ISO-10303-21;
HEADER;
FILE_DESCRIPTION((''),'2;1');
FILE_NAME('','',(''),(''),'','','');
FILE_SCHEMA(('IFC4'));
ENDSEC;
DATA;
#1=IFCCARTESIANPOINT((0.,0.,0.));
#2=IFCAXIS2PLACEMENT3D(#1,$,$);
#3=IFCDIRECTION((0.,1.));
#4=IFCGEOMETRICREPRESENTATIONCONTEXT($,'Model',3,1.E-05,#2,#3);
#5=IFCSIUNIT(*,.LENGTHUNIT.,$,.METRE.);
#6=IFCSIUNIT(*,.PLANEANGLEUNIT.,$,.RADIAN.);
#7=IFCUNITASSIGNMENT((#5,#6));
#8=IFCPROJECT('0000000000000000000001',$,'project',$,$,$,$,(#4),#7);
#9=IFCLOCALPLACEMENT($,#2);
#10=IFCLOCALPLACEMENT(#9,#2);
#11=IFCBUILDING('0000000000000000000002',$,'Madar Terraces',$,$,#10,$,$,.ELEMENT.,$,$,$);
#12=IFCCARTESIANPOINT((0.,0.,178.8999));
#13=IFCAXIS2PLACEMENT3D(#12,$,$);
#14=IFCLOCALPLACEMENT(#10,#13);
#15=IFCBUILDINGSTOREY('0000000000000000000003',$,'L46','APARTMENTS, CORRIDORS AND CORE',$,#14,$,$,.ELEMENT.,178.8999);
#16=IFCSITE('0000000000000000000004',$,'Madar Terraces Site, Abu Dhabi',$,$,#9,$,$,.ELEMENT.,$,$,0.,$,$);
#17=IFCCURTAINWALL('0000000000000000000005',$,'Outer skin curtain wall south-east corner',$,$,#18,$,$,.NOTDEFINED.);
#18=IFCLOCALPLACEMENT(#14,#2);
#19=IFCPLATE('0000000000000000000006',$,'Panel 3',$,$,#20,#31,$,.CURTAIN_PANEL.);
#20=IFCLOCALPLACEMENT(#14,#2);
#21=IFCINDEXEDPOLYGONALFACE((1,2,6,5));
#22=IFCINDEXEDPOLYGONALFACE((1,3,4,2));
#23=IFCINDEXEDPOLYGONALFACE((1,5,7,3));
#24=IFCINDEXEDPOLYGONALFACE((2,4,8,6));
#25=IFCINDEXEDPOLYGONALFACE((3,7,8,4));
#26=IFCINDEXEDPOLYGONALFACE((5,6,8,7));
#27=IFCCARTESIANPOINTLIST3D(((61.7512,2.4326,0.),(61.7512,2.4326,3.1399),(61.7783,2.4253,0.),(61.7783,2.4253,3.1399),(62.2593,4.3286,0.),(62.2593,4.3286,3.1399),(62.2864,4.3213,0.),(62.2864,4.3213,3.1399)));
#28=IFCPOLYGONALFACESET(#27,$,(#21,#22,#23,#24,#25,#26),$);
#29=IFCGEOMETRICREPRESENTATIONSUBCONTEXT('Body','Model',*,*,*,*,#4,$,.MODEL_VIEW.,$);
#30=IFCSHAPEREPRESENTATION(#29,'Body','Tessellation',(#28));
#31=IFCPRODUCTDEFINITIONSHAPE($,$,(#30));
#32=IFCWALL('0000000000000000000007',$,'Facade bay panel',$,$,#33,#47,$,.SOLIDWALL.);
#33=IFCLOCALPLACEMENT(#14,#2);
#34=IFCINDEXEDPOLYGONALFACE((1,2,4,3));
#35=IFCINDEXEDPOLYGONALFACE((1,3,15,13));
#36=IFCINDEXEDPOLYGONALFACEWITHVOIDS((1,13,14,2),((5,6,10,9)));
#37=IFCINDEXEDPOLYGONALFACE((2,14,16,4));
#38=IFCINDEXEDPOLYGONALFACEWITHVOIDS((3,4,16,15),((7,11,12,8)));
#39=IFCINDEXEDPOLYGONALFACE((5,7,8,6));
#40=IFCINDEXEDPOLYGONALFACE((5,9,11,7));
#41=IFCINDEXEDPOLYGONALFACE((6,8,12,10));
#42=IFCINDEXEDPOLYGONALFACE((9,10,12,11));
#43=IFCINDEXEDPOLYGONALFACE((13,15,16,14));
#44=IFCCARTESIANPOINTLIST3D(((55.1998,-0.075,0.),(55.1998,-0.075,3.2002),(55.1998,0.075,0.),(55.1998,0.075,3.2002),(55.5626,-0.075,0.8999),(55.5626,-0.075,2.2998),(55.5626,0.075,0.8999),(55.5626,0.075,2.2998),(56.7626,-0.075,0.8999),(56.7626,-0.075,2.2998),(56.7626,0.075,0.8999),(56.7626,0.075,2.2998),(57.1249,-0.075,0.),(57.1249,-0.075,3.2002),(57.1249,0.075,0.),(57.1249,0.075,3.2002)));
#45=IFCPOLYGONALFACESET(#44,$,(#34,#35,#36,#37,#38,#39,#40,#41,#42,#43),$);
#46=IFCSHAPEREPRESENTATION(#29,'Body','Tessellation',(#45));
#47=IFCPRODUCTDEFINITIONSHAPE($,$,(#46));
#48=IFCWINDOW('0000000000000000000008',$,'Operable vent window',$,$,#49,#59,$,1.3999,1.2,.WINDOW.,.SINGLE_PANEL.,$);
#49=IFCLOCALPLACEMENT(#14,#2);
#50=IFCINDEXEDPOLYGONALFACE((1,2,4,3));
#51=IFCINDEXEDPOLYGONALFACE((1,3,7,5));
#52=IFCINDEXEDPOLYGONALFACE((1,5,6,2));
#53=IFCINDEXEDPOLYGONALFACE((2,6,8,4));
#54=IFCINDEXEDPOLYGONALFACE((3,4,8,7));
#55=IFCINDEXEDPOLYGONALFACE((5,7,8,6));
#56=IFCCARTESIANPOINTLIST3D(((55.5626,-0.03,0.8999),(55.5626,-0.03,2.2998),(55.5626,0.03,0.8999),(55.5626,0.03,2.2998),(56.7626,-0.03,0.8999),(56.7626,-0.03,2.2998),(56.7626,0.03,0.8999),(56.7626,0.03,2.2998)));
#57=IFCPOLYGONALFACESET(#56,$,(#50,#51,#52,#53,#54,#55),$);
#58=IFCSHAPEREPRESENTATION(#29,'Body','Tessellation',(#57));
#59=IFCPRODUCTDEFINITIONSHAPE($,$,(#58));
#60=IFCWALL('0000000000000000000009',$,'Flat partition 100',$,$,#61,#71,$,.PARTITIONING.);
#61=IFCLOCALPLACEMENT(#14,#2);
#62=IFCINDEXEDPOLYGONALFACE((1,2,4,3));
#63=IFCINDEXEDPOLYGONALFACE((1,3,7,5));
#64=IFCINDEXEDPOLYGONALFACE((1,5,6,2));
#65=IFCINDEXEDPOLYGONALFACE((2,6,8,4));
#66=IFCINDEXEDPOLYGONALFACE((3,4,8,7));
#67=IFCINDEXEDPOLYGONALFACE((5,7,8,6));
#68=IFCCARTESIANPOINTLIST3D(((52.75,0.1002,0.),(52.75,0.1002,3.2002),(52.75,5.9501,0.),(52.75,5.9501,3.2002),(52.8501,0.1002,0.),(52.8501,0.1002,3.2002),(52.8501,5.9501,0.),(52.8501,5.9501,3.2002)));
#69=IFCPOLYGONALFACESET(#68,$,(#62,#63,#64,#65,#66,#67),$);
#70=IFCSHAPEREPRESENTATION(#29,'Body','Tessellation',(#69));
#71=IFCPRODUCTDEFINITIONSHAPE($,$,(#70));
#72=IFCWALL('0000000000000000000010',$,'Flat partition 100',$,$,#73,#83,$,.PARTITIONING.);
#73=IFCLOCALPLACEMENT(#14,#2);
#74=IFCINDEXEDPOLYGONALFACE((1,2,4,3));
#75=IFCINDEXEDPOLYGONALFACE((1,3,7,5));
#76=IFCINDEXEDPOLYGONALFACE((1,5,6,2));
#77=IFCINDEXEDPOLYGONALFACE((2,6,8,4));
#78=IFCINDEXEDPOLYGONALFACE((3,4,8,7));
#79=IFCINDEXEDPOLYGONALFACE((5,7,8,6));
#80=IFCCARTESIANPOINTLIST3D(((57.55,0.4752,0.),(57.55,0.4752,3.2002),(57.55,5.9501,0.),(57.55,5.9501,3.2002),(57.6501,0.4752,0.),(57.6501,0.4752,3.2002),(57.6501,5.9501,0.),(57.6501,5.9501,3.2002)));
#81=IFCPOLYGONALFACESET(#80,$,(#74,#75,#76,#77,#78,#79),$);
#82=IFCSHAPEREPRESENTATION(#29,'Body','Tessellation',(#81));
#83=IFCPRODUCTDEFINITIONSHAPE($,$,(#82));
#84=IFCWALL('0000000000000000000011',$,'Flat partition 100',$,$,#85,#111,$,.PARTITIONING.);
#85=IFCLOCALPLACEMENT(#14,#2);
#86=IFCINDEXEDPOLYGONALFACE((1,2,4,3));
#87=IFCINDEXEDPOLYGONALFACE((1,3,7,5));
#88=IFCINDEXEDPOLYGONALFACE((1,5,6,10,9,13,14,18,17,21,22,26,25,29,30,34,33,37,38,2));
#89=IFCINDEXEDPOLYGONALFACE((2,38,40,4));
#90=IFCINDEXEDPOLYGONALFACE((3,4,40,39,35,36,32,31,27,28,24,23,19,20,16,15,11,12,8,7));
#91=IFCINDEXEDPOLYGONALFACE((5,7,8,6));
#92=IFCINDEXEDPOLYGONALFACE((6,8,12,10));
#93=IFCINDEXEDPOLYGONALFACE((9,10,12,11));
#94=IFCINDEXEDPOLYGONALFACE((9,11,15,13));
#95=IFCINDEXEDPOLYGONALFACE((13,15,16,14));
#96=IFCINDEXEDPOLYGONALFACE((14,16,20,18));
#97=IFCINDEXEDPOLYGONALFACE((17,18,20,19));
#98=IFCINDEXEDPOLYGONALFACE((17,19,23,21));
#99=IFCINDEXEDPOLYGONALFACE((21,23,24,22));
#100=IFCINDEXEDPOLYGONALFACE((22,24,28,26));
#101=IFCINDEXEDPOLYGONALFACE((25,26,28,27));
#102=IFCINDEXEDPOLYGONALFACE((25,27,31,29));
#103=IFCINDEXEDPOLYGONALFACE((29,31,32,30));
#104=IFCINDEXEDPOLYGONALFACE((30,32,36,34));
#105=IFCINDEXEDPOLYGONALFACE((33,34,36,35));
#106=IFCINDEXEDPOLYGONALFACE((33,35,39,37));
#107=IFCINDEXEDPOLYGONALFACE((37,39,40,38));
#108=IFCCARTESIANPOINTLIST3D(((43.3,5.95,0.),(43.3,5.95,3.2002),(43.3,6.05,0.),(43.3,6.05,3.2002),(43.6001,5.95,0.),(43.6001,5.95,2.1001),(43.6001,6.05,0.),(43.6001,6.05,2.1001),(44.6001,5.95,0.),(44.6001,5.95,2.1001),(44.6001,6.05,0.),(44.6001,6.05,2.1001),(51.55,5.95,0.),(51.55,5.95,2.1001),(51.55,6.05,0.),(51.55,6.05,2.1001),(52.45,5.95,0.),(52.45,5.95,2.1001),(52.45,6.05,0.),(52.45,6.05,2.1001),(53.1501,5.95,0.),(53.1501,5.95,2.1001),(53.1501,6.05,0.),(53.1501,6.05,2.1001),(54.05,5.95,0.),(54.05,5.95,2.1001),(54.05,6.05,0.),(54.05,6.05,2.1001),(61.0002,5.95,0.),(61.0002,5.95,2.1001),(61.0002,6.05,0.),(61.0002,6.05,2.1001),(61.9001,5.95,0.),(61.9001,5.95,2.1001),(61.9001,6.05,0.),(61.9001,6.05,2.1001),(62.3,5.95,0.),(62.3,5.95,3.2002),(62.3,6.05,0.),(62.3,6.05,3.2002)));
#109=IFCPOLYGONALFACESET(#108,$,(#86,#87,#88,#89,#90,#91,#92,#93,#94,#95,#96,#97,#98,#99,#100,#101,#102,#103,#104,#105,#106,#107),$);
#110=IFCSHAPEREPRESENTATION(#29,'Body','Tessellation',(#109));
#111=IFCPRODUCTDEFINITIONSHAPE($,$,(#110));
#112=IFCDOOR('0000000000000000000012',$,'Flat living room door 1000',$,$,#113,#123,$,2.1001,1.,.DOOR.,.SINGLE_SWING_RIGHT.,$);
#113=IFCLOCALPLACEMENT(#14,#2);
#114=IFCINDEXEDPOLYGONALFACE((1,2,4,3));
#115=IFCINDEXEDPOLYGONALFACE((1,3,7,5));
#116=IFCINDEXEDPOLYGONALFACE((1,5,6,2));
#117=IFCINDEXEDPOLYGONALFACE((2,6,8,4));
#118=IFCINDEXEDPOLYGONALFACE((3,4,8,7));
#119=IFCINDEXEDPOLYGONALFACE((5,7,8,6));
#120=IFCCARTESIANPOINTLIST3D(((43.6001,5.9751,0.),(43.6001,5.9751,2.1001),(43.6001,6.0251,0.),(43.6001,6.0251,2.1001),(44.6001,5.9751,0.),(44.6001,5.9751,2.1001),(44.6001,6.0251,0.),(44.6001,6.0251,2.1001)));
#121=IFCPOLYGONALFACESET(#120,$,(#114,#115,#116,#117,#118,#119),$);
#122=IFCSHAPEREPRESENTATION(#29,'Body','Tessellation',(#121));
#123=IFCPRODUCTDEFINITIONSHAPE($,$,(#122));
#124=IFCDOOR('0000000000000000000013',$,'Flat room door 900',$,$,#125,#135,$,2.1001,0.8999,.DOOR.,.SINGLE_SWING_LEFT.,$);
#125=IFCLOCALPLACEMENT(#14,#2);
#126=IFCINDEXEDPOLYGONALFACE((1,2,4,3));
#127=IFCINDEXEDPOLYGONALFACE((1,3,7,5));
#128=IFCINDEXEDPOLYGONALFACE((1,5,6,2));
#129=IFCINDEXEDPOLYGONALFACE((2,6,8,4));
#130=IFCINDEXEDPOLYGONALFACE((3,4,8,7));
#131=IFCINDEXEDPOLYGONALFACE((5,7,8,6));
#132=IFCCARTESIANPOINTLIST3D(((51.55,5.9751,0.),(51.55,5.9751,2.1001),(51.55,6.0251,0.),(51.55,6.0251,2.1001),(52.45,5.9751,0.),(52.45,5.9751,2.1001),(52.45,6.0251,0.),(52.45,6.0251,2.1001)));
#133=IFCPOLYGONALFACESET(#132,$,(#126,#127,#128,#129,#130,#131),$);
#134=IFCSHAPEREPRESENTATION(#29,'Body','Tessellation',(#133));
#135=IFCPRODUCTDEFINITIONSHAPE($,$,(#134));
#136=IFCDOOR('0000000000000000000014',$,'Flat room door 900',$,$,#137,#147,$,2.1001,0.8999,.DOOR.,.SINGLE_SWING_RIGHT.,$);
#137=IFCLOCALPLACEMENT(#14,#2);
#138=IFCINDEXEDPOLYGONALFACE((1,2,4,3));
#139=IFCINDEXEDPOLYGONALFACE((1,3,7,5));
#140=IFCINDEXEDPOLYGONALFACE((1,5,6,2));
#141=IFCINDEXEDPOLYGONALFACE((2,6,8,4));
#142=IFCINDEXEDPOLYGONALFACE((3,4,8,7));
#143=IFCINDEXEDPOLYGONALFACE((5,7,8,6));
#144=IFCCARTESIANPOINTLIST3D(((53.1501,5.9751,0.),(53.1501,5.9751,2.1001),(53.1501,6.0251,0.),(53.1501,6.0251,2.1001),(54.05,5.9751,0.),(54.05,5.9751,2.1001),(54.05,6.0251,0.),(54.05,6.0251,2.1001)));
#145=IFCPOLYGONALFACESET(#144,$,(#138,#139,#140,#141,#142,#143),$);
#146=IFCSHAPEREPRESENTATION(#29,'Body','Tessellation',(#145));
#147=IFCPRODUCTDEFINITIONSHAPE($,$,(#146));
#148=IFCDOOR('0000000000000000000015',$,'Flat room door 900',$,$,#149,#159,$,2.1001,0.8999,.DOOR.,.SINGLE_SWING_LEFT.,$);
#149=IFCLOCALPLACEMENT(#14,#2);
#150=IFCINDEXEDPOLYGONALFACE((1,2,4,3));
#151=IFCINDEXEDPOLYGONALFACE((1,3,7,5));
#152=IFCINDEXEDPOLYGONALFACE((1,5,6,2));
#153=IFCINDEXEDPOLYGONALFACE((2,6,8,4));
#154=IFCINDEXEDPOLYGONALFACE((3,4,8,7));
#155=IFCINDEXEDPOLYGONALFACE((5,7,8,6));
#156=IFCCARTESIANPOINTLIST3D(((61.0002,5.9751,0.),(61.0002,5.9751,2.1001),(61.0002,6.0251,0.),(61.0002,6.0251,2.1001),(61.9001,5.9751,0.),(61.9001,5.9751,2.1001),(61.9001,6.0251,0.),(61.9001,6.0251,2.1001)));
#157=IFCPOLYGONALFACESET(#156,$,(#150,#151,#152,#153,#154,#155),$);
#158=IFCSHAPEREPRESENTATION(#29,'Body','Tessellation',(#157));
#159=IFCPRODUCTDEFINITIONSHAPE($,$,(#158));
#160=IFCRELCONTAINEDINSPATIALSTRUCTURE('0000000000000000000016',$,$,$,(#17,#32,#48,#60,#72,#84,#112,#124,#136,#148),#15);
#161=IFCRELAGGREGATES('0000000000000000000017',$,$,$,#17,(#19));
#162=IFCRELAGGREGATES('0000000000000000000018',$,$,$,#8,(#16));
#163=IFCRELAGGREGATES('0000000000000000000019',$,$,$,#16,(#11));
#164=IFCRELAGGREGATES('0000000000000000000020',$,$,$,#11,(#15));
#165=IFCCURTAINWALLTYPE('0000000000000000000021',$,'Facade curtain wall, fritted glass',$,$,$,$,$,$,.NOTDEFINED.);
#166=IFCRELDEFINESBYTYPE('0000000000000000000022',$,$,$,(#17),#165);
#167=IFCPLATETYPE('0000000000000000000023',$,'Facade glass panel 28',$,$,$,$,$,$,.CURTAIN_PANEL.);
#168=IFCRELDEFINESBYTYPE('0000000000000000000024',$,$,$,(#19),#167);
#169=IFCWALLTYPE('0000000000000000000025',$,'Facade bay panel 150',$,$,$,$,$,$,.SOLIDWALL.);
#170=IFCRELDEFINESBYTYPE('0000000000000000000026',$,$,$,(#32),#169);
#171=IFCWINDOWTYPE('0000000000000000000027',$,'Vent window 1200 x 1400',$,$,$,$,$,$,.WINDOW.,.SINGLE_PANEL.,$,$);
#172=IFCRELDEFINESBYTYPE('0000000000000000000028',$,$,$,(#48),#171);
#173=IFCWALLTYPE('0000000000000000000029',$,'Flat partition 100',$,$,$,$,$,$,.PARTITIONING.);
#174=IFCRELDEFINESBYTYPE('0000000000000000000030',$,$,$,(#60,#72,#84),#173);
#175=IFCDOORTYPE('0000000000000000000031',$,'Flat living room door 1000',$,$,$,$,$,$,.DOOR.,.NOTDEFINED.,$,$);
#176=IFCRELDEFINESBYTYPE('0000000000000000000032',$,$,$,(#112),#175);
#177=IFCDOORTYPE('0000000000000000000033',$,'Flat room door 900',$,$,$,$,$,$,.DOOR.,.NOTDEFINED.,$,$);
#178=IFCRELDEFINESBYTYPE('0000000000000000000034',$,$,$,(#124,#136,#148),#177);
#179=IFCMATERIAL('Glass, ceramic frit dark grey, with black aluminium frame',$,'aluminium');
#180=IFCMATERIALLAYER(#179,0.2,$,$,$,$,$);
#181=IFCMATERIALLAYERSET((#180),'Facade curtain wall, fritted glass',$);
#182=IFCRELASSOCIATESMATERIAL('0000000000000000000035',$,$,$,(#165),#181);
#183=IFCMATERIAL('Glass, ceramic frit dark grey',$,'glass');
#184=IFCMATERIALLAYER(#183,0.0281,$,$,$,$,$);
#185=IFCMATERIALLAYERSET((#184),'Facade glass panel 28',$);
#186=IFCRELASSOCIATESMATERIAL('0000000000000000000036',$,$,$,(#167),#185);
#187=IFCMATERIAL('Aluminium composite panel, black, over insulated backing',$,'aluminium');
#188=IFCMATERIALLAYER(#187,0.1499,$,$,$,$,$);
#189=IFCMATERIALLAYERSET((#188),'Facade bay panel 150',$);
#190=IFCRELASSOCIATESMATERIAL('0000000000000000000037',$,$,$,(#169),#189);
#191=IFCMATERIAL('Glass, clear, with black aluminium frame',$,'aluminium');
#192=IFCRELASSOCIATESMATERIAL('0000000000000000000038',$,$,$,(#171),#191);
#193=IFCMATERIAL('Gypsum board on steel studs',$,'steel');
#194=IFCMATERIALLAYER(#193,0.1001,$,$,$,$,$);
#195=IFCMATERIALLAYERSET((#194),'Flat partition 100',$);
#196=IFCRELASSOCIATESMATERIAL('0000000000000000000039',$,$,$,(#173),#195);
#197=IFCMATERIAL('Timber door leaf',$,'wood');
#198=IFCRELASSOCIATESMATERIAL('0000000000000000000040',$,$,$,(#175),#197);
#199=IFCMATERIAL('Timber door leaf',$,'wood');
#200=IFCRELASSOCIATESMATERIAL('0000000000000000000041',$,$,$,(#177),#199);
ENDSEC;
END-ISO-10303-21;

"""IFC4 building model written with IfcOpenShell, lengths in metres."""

from ifc_helpers import new_model, si_unit, direction, frame, frame_2d, origin, origin_2d, place, context, subcontext, project, spatial, rectangle, extrude, material, layer, layer_set, type_object, element, fill, aggregate, save


model = new_model("IFC4")

# Units and contexts
model_context = context("Model", 3, precision=1e-05, world=origin(), true_north=direction((0.0, 1.0)))
body_context = subcontext(model_context, "Body", "Model", "MODEL_VIEW")
ifc_project = project(units=[si_unit("LENGTHUNIT", "METRE"), si_unit("PLANEANGLEUNIT", "RADIAN")], contexts=[model_context])

# Site, building, storey
site_placement = place(None, origin())
site = spatial("IfcSite", under=ifc_project, at=site_placement, Name="Madar Terraces Site, Abu Dhabi", CompositionType="ELEMENT", RefElevation=0.0)
building_placement = place(site_placement, origin())
building = spatial("IfcBuilding", under=site, at=building_placement, Name="Madar Terraces", CompositionType="ELEMENT")
storey_placement = place(building_placement, frame((0.0, 0.0, 178.8999)))
storey = spatial("IfcBuildingStorey", under=building, at=storey_placement, Name="L46", Description="APARTMENTS, CORRIDORS AND CORE", CompositionType="ELEMENT", Elevation=178.8999)

# Shared definitions
ifc_material_1 = material(Name="Glass, ceramic frit dark grey, with black aluminium frame", Category="aluminium")
ifc_layer_1 = layer(ifc_material_1, 0.2)
ifc_layer_set_1 = layer_set([ifc_layer_1], Name="Facade curtain wall, fritted glass")
curtain_wall_type = type_object("IfcCurtainWallType", Name="Facade curtain wall, fritted glass", PredefinedType="NOTDEFINED", material=ifc_layer_set_1)

# Curtain wall
curtain_wall_1_placement = place(storey_placement, origin())
curtain_wall_1 = element("IfcCurtainWall", 1, at=curtain_wall_1_placement, inside=storey, type_object=curtain_wall_type, Name="Outer skin curtain wall south-east corner", PredefinedType="NOTDEFINED")

# Plate
ifc_material_2 = material(Name="Glass, ceramic frit dark grey", Category="glass")
ifc_layer_2 = layer(ifc_material_2, 0.0281)
ifc_layer_set_2 = layer_set([ifc_layer_2], Name="Facade glass panel 28")
plate_type = type_object("IfcPlateType", Name="Facade glass panel 28", PredefinedType="CURTAIN_PANEL", material=ifc_layer_set_2)
plate_1_placement = place(storey_placement, frame((62.0188, 3.377, 0.0), z_axis=(0.0, 0.0, 1.0), x_axis=(0.258819, 0.965926, 0.0)))
plate_1 = element("IfcPlate", 2, at=plate_1_placement, type_object=plate_type, Name="Panel 3", PredefinedType="CURTAIN_PANEL", context=body_context, shape_type="SweptSolid", body=[
    extrude(rectangle(XDim=1.9629, YDim=0.0281, at=origin_2d()), origin(), (0.0, 0.0, 1.0), 3.1399),
])
aggregate(curtain_wall_1, [plate_1])

# Wall, opening, window
ifc_material_3 = material(Name="Aluminium composite panel, black, over insulated backing", Category="aluminium")
ifc_layer_3 = layer(ifc_material_3, 0.1499)
ifc_layer_set_3 = layer_set([ifc_layer_3], Name="Facade bay panel 150")
wall_type_1 = type_object("IfcWallType", Name="Facade bay panel 150", PredefinedType="SOLIDWALL", material=ifc_layer_set_3)
wall_1_placement = place(storey_placement, frame((55.2, 0.0, 0.0), z_axis=(0.0, 0.0, 1.0), x_axis=(1.0, 0.0, 0.0)))
wall_1 = element("IfcWall", 3, at=wall_1_placement, inside=storey, type_object=wall_type_1, Name="Facade bay panel", PredefinedType="SOLIDWALL", context=body_context, shape_type="SweptSolid", body=[
    extrude(rectangle(XDim=1.925, YDim=0.1499, at=frame_2d((0.9624, 0.0))), origin(), (0.0, 0.0, 1.0), 3.2002),
])
opening_1_placement = place(wall_1_placement, frame((0.3625, 0.0, 0.8999)))
opening_1 = element("IfcOpeningElement", 4, at=opening_1_placement, cuts=wall_1, PredefinedType="OPENING", context=body_context, shape_type="SweptSolid", body=[
    extrude(rectangle(XDim=1.2, YDim=1.3999, at=frame_2d((0.6001, 0.7))), frame((0.0, 0.085, 0.0), z_axis=(0.0, -1.0, 0.0), x_axis=(1.0, 0.0, 0.0)), (0.0, 0.0, 1.0), 0.1699),
])
ifc_material_4 = material(Name="Glass, clear, with black aluminium frame", Category="aluminium")
window_type = type_object("IfcWindowType", Name="Vent window 1200 x 1400", PartitioningType="SINGLE_PANEL", PredefinedType="WINDOW", material=ifc_material_4)
window_placement = place(opening_1_placement, origin())
window = element("IfcWindow", 5, at=window_placement, inside=storey, type_object=window_type, Name="Operable vent window", OverallHeight=1.3999, OverallWidth=1.2, PartitioningType="SINGLE_PANEL", PredefinedType="WINDOW", context=body_context, shape_type="SweptSolid", body=[
    extrude(rectangle(XDim=1.2, YDim=1.3999, at=frame_2d((0.6001, 0.7))), frame((0.0, 0.03, 0.0), z_axis=(0.0, -1.0, 0.0), x_axis=(1.0, 0.0, 0.0)), (0.0, 0.0, 1.0), 0.0601),
])
fill(opening_1, window)

# Walls
ifc_material_5 = material(Name="Gypsum board on steel studs", Category="steel")
ifc_layer_4 = layer(ifc_material_5, 0.1001)
ifc_layer_set_4 = layer_set([ifc_layer_4], Name="Flat partition 100")
wall_type_2 = type_object("IfcWallType", Name="Flat partition 100", PredefinedType="PARTITIONING", material=ifc_layer_set_4)
wall_2_placement = place(storey_placement, frame((52.8, 5.95, 0.0), z_axis=(0.0, 0.0, 1.0), x_axis=(0.0, -1.0, 0.0)))
element("IfcWall", 6, at=wall_2_placement, inside=storey, type_object=wall_type_2, Name="Flat partition 100", PredefinedType="PARTITIONING", context=body_context, shape_type="SweptSolid", body=[
    extrude(rectangle(XDim=5.8499, YDim=0.1001, at=frame_2d((2.9248, 0.0))), origin(), (0.0, 0.0, 1.0), 3.2002),
])
wall_3_placement = place(storey_placement, frame((57.6001, 5.95, 0.0), z_axis=(0.0, 0.0, 1.0), x_axis=(0.0, -1.0, 0.0)))
element("IfcWall", 7, at=wall_3_placement, inside=storey, type_object=wall_type_2, Name="Flat partition 100", PredefinedType="PARTITIONING", context=body_context, shape_type="SweptSolid", body=[
    extrude(rectangle(XDim=5.4749, YDim=0.1001, at=frame_2d((2.7373, 0.0))), origin(), (0.0, 0.0, 1.0), 3.2002),
])

# Wall, openings, doors
wall_4_placement = place(storey_placement, frame((62.3, 6.0, 0.0), z_axis=(0.0, 0.0, 1.0), x_axis=(-1.0, 0.0, 0.0)))
wall_4 = element("IfcWall", 8, at=wall_4_placement, inside=storey, type_object=wall_type_2, Name="Flat partition 100", PredefinedType="PARTITIONING", context=body_context, shape_type="SweptSolid", body=[
    extrude(rectangle(XDim=19.0, YDim=0.1001, at=frame_2d((9.5, 0.0))), origin(), (0.0, 0.0, 1.0), 3.2002),
])
opening_2_placement = place(wall_4_placement, frame((17.7, 0.0, 0.0)))
opening_2 = element("IfcOpeningElement", 9, at=opening_2_placement, cuts=wall_4, PredefinedType="OPENING", context=body_context, shape_type="SweptSolid", body=[
    extrude(rectangle(XDim=1.0, YDim=2.1001, at=frame_2d((0.5, 1.05))), frame((0.0, 0.0601, 0.0), z_axis=(0.0, -1.0, 0.0), x_axis=(1.0, 0.0, 0.0)), (0.0, 0.0, 1.0), 0.1201),
])
opening_3_placement = place(wall_4_placement, frame((9.8501, 0.0, 0.0)))
opening_3 = element("IfcOpeningElement", 10, at=opening_3_placement, cuts=wall_4, PredefinedType="OPENING", context=body_context, shape_type="SweptSolid", body=[
    extrude(rectangle(XDim=0.8999, YDim=2.1001, at=frame_2d((0.45, 1.05))), frame((0.0, 0.0601, 0.0), z_axis=(0.0, -1.0, 0.0), x_axis=(1.0, 0.0, 0.0)), (0.0, 0.0, 1.0), 0.1201),
])
opening_4_placement = place(wall_4_placement, frame((8.25, 0.0, 0.0)))
opening_4 = element("IfcOpeningElement", 11, at=opening_4_placement, cuts=wall_4, PredefinedType="OPENING", context=body_context, shape_type="SweptSolid", body=[
    extrude(rectangle(XDim=0.8999, YDim=2.1001, at=frame_2d((0.45, 1.05))), frame((0.0, 0.0601, 0.0), z_axis=(0.0, -1.0, 0.0), x_axis=(1.0, 0.0, 0.0)), (0.0, 0.0, 1.0), 0.1201),
])
opening_5_placement = place(wall_4_placement, frame((0.3999, 0.0, 0.0)))
opening_5 = element("IfcOpeningElement", 12, at=opening_5_placement, cuts=wall_4, PredefinedType="OPENING", context=body_context, shape_type="SweptSolid", body=[
    extrude(rectangle(XDim=0.8999, YDim=2.1001, at=frame_2d((0.45, 1.05))), frame((0.0, 0.0601, 0.0), z_axis=(0.0, -1.0, 0.0), x_axis=(1.0, 0.0, 0.0)), (0.0, 0.0, 1.0), 0.1201),
])
ifc_material_6 = material(Name="Timber door leaf", Category="wood")
door_type_1 = type_object("IfcDoorType", Name="Flat living room door 1000", OperationType="NOTDEFINED", PredefinedType="DOOR", material=ifc_material_6)
door_1_placement = place(opening_2_placement, origin())
door_1 = element("IfcDoor", 13, at=door_1_placement, inside=storey, type_object=door_type_1, Name="Flat living room door 1000", OperationType="SINGLE_SWING_RIGHT", OverallHeight=2.1001, OverallWidth=1.0, PredefinedType="DOOR", context=body_context, shape_type="SweptSolid", body=[
    extrude(rectangle(XDim=1.0, YDim=2.1001, at=frame_2d((0.5, 1.05))), frame((0.0, 0.0249, 0.0), z_axis=(0.0, -1.0, 0.0), x_axis=(1.0, 0.0, 0.0)), (0.0, 0.0, 1.0), 0.05),
])
fill(opening_2, door_1)
ifc_material_7 = material(Name="Timber door leaf", Category="wood")
door_type_2 = type_object("IfcDoorType", Name="Flat room door 900", OperationType="NOTDEFINED", PredefinedType="DOOR", material=ifc_material_7)
door_2_placement = place(opening_3_placement, origin())
door_2 = element("IfcDoor", 14, at=door_2_placement, inside=storey, type_object=door_type_2, Name="Flat room door 900", OperationType="SINGLE_SWING_LEFT", OverallHeight=2.1001, OverallWidth=0.8999, PredefinedType="DOOR", context=body_context, shape_type="SweptSolid", body=[
    extrude(rectangle(XDim=0.8999, YDim=2.1001, at=frame_2d((0.45, 1.05))), frame((0.0, 0.0249, 0.0), z_axis=(0.0, -1.0, 0.0), x_axis=(1.0, 0.0, 0.0)), (0.0, 0.0, 1.0), 0.05),
])
fill(opening_3, door_2)
door_3_placement = place(opening_4_placement, origin())
door_3 = element("IfcDoor", 15, at=door_3_placement, inside=storey, type_object=door_type_2, Name="Flat room door 900", OperationType="SINGLE_SWING_RIGHT", OverallHeight=2.1001, OverallWidth=0.8999, PredefinedType="DOOR", context=body_context, shape_type="SweptSolid", body=[
    extrude(rectangle(XDim=0.8999, YDim=2.1001, at=frame_2d((0.45, 1.05))), frame((0.0, 0.0249, 0.0), z_axis=(0.0, -1.0, 0.0), x_axis=(1.0, 0.0, 0.0)), (0.0, 0.0, 1.0), 0.05),
])
fill(opening_4, door_3)
door_4_placement = place(opening_5_placement, origin())
door_4 = element("IfcDoor", 16, at=door_4_placement, inside=storey, type_object=door_type_2, Name="Flat room door 900", OperationType="SINGLE_SWING_LEFT", OverallHeight=2.1001, OverallWidth=0.8999, PredefinedType="DOOR", context=body_context, shape_type="SweptSolid", body=[
    extrude(rectangle(XDim=0.8999, YDim=2.1001, at=frame_2d((0.45, 1.05))), frame((0.0, 0.0249, 0.0), z_axis=(0.0, -1.0, 0.0), x_axis=(1.0, 0.0, 0.0)), (0.0, 0.0, 1.0), 0.05),
])
fill(opening_5, door_4)

save(model, "model.ifc")
